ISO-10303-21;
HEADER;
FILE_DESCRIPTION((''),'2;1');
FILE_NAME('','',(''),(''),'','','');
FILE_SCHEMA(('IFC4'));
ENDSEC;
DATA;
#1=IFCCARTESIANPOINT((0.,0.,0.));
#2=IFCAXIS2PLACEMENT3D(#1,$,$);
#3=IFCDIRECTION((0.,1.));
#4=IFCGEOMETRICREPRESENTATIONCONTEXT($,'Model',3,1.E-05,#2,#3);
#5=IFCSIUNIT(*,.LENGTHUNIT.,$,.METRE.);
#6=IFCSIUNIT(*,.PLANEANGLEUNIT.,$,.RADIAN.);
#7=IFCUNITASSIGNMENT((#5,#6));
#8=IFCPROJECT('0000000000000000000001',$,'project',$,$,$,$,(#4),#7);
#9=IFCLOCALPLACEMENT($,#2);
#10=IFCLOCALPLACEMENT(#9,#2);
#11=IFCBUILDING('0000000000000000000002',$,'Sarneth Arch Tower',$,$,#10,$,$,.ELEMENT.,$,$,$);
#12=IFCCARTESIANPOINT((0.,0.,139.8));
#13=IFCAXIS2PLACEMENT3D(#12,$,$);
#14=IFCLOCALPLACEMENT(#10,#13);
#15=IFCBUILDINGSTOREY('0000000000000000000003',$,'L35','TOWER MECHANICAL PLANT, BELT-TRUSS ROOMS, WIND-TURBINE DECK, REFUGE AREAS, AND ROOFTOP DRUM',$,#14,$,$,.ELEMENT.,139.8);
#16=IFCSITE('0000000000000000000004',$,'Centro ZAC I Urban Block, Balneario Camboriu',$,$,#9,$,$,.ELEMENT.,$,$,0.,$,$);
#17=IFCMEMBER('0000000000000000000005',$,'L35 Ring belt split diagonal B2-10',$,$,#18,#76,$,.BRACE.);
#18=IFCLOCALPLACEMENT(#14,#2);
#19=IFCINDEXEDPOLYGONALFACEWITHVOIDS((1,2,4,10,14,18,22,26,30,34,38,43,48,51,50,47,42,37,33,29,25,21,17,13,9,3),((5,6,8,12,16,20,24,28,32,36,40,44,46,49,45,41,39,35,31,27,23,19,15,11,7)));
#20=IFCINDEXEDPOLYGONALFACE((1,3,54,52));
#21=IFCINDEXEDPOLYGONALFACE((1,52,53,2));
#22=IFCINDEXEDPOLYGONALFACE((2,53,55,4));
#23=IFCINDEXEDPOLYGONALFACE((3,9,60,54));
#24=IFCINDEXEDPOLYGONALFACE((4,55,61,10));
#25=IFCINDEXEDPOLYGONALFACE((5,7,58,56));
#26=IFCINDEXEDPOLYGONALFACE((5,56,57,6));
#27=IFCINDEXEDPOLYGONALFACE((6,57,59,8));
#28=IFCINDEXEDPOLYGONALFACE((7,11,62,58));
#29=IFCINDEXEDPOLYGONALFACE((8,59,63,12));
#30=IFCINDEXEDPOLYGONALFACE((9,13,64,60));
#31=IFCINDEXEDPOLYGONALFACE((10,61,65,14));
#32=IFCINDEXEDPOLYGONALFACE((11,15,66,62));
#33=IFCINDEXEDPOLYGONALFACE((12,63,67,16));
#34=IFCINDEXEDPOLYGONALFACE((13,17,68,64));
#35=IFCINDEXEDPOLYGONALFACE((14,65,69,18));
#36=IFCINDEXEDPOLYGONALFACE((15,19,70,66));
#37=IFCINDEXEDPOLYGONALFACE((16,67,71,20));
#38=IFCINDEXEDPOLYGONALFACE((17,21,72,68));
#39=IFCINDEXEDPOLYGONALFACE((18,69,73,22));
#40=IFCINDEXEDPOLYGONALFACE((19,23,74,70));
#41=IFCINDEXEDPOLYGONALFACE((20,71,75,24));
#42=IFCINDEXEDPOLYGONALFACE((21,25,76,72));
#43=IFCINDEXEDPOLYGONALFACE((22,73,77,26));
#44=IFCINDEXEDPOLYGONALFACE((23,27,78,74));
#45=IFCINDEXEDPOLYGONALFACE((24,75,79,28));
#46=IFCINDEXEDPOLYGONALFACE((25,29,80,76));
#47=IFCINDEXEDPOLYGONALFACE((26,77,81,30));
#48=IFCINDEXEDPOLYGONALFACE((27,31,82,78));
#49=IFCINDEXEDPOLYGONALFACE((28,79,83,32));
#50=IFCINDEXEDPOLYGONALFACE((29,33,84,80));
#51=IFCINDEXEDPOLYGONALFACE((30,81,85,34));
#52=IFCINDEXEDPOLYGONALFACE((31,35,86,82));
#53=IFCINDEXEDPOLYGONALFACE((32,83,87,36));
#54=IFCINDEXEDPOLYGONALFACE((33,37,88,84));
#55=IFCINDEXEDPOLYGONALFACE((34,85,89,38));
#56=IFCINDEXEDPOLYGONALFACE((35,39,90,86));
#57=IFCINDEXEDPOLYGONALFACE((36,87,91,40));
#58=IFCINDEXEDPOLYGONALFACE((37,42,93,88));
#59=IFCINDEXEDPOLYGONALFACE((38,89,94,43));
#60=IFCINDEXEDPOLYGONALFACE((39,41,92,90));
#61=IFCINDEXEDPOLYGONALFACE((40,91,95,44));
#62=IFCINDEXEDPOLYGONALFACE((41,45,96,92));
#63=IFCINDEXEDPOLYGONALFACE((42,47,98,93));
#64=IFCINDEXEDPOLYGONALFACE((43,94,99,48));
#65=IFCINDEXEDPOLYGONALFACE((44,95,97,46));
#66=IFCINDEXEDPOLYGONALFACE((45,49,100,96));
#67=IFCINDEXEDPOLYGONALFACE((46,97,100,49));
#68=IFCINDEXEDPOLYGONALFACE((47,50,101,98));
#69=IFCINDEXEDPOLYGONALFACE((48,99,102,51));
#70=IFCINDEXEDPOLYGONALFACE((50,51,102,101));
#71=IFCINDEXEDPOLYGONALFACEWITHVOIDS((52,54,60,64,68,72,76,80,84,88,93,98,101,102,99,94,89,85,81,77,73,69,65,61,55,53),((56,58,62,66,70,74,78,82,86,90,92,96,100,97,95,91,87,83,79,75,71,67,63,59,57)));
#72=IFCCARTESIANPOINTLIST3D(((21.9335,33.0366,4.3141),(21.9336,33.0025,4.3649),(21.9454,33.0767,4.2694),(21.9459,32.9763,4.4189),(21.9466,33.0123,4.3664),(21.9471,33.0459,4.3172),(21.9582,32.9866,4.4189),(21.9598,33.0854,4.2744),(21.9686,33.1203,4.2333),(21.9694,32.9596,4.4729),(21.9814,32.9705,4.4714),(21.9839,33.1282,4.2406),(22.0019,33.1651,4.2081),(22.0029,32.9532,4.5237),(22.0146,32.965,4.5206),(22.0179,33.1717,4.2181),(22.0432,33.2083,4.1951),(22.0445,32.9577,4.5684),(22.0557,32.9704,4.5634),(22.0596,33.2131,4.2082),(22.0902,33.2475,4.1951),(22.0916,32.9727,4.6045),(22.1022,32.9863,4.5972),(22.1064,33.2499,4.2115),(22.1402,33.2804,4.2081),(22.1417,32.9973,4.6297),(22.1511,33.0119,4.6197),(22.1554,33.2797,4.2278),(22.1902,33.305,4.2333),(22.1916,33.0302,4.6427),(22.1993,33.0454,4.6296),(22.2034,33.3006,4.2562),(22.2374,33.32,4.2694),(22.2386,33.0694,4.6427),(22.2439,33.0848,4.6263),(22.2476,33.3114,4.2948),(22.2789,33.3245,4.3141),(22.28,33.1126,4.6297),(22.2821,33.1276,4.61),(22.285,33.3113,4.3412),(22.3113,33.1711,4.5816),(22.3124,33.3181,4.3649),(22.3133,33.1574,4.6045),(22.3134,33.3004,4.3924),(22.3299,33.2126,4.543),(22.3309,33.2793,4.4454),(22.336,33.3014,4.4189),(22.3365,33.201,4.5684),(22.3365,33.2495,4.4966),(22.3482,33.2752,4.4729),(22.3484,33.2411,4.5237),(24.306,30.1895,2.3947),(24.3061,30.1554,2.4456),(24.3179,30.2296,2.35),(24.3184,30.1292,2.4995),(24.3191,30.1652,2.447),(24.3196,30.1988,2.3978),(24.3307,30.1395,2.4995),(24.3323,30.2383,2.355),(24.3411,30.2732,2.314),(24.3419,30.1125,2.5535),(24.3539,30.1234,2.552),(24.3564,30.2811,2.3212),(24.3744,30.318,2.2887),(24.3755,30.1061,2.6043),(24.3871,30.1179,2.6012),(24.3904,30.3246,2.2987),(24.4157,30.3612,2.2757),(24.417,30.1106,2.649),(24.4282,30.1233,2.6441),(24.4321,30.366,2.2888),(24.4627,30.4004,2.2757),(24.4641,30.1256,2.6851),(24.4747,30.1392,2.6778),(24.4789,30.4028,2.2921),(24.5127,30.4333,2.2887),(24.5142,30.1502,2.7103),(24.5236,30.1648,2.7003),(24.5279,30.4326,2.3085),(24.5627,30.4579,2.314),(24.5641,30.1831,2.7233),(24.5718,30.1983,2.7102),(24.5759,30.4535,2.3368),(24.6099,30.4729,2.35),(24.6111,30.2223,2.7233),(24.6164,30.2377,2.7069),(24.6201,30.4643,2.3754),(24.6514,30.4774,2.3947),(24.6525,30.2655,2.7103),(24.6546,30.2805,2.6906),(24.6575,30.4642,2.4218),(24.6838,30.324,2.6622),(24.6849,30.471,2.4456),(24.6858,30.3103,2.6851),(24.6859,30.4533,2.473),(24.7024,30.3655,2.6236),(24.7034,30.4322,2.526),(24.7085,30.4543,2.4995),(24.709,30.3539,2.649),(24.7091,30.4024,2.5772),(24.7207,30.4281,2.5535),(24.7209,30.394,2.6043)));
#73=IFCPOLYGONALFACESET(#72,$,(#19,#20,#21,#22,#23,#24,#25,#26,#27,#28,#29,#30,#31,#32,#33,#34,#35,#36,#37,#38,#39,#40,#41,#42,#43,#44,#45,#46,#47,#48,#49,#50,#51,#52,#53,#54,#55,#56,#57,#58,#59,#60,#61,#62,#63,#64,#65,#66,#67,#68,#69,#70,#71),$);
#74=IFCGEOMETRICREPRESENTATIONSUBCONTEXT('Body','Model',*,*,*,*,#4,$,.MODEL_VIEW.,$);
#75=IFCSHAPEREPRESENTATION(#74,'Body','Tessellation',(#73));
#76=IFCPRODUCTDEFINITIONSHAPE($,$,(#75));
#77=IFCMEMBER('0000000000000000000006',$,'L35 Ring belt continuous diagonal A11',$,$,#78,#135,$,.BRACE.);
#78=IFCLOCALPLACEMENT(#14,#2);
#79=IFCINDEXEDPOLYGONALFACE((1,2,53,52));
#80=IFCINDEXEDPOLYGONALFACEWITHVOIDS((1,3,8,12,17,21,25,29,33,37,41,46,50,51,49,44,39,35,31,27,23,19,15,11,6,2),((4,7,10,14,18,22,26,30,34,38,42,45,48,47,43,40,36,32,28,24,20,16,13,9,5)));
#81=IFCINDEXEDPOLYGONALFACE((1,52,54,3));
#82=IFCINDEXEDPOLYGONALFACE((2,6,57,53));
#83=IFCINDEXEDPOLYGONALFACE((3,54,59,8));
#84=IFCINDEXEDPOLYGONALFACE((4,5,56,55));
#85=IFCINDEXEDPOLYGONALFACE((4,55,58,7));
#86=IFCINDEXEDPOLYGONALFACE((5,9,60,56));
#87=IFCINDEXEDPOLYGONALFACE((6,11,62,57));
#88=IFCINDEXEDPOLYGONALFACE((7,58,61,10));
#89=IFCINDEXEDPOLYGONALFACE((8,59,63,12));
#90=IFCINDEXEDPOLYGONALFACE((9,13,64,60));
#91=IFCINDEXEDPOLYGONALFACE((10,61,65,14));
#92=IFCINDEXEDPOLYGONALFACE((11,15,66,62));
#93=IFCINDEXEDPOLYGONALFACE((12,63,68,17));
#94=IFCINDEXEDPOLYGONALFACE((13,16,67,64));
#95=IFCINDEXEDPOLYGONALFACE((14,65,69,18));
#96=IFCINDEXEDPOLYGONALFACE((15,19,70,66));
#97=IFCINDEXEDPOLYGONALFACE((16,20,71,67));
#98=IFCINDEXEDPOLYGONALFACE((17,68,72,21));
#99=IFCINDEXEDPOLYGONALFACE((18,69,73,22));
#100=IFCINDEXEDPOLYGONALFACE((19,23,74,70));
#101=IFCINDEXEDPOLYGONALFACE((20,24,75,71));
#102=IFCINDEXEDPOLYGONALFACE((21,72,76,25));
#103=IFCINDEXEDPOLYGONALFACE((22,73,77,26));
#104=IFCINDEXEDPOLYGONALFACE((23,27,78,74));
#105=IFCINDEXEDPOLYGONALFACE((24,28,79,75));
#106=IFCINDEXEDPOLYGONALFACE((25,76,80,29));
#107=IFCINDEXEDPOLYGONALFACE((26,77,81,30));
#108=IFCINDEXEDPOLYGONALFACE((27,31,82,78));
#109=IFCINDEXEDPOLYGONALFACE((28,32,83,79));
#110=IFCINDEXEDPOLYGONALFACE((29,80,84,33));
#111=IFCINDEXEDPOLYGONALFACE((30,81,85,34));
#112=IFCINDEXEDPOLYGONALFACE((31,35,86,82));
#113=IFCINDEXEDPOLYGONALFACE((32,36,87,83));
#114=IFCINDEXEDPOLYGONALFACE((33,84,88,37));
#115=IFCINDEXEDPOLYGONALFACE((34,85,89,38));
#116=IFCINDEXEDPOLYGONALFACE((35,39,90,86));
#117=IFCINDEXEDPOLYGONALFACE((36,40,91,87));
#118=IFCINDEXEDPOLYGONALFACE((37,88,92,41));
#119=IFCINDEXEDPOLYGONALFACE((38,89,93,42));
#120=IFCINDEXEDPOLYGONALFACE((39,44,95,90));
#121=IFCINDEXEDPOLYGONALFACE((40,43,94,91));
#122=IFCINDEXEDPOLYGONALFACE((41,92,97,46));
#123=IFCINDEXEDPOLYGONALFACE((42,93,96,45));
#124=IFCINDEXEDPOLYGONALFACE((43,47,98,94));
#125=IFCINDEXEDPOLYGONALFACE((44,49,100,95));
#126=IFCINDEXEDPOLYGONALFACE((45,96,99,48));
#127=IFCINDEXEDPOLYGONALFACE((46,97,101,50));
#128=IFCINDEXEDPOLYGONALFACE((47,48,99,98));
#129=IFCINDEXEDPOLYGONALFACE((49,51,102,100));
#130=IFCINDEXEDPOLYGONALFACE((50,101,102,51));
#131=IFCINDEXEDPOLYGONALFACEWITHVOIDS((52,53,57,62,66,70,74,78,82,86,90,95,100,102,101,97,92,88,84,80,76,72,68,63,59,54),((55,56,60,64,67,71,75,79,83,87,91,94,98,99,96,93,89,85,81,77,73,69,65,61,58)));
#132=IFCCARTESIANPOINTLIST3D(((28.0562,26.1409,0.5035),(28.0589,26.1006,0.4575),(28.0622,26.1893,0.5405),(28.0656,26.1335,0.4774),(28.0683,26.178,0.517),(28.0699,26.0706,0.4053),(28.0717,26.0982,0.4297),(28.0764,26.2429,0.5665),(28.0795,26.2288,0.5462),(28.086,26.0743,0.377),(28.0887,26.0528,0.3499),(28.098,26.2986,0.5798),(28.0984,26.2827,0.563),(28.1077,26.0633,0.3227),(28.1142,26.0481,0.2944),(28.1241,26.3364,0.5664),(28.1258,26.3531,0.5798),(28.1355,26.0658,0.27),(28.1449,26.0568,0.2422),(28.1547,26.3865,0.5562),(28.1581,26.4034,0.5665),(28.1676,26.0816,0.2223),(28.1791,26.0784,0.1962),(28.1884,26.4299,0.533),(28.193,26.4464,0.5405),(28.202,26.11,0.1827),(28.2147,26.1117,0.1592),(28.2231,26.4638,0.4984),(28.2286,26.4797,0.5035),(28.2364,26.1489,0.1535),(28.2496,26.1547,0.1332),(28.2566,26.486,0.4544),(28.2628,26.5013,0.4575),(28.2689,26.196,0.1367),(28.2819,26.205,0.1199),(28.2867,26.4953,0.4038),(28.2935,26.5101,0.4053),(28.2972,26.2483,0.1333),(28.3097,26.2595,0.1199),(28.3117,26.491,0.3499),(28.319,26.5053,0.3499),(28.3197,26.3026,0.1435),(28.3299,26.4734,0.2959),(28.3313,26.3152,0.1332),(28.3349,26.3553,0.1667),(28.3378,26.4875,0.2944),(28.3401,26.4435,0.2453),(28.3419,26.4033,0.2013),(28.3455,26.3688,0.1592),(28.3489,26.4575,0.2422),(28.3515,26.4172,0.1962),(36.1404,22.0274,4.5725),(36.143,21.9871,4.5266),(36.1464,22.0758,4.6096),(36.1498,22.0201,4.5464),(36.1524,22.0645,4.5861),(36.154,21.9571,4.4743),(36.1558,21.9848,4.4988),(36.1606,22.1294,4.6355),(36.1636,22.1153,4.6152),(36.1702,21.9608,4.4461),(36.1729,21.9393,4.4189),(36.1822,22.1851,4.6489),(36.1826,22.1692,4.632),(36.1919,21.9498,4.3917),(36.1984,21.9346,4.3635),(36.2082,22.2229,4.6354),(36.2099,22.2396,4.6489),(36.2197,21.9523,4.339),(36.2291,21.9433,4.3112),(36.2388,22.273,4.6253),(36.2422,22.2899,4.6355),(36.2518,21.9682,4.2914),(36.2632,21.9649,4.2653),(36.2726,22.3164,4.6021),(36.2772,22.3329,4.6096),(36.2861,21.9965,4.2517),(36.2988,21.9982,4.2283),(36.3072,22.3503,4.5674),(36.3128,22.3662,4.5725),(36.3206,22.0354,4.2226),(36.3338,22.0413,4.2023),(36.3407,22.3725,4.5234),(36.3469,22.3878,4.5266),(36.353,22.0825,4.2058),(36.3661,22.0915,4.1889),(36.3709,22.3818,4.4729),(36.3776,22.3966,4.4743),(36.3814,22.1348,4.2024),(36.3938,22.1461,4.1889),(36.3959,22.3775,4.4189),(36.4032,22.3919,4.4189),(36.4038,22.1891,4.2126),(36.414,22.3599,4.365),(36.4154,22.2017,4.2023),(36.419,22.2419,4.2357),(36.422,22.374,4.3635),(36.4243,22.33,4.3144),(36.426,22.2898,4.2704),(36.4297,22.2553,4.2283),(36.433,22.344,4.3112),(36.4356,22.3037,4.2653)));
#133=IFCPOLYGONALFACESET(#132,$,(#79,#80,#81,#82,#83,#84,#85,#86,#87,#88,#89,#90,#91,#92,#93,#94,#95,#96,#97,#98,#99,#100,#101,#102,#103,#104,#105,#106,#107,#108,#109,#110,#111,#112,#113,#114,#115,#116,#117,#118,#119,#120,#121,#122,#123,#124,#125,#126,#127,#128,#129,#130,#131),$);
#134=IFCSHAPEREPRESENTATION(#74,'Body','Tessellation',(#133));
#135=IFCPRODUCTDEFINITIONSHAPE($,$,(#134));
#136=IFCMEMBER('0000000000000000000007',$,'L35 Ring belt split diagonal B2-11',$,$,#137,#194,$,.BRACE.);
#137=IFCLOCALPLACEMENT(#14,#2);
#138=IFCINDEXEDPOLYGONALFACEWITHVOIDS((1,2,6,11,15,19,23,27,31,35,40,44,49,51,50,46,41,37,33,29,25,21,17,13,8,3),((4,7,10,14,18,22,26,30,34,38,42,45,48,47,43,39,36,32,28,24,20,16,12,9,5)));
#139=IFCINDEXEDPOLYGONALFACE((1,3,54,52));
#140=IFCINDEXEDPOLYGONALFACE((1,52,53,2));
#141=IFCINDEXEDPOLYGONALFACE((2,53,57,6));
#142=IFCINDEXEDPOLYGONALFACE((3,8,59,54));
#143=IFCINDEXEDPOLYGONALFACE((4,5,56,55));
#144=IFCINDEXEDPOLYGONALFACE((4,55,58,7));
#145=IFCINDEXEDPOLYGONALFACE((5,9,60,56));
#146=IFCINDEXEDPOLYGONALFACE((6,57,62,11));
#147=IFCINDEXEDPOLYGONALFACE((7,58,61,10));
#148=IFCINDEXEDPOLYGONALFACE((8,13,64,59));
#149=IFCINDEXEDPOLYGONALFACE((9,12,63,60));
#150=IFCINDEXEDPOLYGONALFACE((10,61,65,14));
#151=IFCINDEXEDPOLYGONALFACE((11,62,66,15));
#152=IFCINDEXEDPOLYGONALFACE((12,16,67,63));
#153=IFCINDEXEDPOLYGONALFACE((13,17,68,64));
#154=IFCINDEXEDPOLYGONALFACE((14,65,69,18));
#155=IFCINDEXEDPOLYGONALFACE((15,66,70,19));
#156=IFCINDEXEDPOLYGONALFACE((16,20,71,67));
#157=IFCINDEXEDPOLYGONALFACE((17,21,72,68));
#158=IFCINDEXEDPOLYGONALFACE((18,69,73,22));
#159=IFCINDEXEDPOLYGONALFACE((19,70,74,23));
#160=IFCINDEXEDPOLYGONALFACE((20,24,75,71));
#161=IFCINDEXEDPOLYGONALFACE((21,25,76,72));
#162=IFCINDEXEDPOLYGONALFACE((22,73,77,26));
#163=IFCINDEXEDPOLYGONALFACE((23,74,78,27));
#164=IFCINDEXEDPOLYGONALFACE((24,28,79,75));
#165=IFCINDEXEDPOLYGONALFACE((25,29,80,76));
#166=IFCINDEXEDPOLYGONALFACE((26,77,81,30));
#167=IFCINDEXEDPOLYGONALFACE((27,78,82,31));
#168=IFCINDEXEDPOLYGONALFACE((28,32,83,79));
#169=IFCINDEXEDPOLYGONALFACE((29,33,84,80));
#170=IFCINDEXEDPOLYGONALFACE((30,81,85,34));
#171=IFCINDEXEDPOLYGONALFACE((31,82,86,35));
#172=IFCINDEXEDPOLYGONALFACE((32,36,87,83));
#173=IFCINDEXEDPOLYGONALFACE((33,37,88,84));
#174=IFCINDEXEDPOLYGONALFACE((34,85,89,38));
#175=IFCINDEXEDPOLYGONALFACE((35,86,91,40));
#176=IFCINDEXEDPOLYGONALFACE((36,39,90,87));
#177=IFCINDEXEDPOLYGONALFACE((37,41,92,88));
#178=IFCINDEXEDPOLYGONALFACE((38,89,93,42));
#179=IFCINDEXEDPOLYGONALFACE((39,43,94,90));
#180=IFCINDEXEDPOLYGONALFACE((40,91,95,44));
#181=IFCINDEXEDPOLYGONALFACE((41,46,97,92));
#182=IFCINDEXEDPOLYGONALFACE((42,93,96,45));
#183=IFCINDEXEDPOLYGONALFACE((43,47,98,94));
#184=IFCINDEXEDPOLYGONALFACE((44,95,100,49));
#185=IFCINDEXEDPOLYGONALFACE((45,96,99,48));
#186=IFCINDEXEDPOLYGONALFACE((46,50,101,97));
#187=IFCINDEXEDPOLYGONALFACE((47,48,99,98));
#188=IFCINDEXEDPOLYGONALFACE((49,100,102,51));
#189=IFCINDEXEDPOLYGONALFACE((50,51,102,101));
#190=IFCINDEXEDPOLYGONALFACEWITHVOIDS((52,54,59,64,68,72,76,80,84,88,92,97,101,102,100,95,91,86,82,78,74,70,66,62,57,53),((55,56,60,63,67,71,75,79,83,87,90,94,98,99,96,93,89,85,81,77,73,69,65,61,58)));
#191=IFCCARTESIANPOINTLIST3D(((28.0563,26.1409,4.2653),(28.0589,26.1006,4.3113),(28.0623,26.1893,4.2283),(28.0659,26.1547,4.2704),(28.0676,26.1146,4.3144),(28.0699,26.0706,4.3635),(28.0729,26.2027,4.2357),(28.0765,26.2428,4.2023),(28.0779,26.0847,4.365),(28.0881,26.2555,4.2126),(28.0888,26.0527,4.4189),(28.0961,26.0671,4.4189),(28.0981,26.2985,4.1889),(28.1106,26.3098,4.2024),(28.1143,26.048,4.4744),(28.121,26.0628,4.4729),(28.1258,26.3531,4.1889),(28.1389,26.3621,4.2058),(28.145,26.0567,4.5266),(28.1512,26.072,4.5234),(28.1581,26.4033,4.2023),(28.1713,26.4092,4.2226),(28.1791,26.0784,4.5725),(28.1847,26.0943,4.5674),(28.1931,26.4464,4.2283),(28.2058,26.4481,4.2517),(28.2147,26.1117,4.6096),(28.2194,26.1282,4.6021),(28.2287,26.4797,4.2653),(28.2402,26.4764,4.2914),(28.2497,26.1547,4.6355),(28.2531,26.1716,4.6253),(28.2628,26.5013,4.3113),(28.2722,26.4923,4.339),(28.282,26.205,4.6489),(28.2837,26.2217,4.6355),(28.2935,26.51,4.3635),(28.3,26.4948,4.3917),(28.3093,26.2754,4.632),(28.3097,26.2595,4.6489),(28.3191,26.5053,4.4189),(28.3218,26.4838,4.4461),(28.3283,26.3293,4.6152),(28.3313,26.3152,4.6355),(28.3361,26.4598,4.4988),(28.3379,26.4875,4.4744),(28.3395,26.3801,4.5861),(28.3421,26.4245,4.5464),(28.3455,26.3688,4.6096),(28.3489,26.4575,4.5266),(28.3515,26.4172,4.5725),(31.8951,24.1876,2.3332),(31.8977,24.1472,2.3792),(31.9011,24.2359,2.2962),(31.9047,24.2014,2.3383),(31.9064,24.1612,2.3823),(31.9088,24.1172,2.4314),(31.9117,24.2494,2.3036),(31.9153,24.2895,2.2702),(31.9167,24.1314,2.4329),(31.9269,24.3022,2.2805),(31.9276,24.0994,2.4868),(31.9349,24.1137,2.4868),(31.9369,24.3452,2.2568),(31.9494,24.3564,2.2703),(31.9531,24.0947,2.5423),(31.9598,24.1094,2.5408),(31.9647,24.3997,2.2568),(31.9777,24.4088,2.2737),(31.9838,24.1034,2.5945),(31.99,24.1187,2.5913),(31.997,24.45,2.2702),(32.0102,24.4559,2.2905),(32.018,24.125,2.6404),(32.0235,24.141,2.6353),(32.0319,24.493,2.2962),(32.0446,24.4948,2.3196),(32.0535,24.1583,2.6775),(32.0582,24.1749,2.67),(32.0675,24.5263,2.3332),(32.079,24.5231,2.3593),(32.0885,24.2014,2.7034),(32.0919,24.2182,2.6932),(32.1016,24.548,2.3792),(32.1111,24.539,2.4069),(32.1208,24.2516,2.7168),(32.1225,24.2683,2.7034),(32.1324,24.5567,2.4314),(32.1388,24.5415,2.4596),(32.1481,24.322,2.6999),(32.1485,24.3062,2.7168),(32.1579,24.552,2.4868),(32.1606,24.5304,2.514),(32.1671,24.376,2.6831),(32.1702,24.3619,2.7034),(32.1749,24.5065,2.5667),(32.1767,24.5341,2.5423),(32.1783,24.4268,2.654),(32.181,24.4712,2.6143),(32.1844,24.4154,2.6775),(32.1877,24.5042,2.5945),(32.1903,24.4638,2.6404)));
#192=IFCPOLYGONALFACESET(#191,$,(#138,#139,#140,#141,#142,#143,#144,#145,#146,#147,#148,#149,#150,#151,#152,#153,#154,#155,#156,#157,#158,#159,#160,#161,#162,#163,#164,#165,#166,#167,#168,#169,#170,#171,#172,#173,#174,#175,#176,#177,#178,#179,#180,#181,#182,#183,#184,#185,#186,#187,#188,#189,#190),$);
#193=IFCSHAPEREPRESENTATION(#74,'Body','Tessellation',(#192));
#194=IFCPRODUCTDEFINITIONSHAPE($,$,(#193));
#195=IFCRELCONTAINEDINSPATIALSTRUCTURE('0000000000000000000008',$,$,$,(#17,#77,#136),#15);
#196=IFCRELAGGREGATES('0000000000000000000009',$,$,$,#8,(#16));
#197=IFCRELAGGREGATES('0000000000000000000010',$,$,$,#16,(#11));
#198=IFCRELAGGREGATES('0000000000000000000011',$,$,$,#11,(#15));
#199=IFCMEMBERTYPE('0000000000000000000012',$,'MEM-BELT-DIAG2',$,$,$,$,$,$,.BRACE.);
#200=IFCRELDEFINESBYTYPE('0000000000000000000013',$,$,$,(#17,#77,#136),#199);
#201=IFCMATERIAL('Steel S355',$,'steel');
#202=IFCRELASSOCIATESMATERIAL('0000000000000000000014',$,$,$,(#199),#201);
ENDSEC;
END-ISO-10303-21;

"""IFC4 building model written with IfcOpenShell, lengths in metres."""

from ifc_helpers import new_model, si_unit, direction, frame, origin, origin_2d, place, context, subcontext, project, spatial, hollow_circle, extrude, material, material_profile, profile_set, type_object, element, save


model = new_model("IFC4")

# Units and contexts
model_context = context("Model", 3, precision=1e-05, world=origin(), true_north=direction((0.0, 1.0)))
body_context = subcontext(model_context, "Body", "Model", "MODEL_VIEW")
ifc_project = project(units=[si_unit("LENGTHUNIT", "METRE"), si_unit("PLANEANGLEUNIT", "RADIAN")], contexts=[model_context])

# Site, building, storey
site_placement = place(None, origin())
site = spatial("IfcSite", under=ifc_project, at=site_placement, Name="Centro ZAC I Urban Block, Balneario Camboriu", CompositionType="ELEMENT", RefElevation=0.0)
building_placement = place(site_placement, origin())
building = spatial("IfcBuilding", under=site, at=building_placement, Name="Sarneth Arch Tower", CompositionType="ELEMENT")
storey_placement = place(building_placement, frame((0.0, 0.0, 139.8)))
storey = spatial("IfcBuildingStorey", under=building, at=storey_placement, Name="L35", Description="TOWER MECHANICAL PLANT, BELT-TRUSS ROOMS, WIND-TURBINE DECK, REFUGE AREAS, AND ROOFTOP DRUM", CompositionType="ELEMENT", Elevation=139.8)

# Members
ifc_material_1 = material(Name="Steel S355", Category="steel")
ifc_material_profile_1 = material_profile(ifc_material_1, hollow_circle(Radius=0.2539, WallThickness=0.0161, at=origin_2d()), Name="CHS508x16")
ifc_profile_set_1 = profile_set([ifc_material_profile_1], Name="Steel S355")
member_type_1 = type_object("IfcMemberType", Name="MEM-BELT-DIAG2", PredefinedType="BRACE", material=ifc_profile_set_1)
member_1_placement = place(storey_placement, frame((24.5134, 30.2917, 2.4995), z_axis=(-0.568457, 0.682172, 0.45989), x_axis=(-0.768232, -0.640171, 0.0)))
element("IfcMember", 1, at=member_1_placement, inside=storey, type_object=member_type_1, Name="L35 Ring belt split diagonal B2-10", PredefinedType="BRACE", context=body_context, shape_type="SweptSolid", body=[
    extrude(hollow_circle(Radius=0.2539, WallThickness=0.0161, at=origin_2d()), origin(), (0.0, 0.0, 1.0), 4.1736),
])
member_2_placement = place(storey_placement, frame((28.2039, 26.2791, 0.3499), z_axis=(0.81318, -0.413773, 0.409304), x_axis=(0.453501, 0.891256, 0.0)))
element("IfcMember", 2, at=member_2_placement, inside=storey, type_object=member_type_1, Name="L35 Ring belt continuous diagonal A11", PredefinedType="BRACE", context=body_context, shape_type="SweptSolid", body=[
    extrude(hollow_circle(Radius=0.2539, WallThickness=0.0161, at=origin_2d()), origin(), (0.0, 0.0, 1.0), 9.9414),
])
member_3_placement = place(storey_placement, frame((32.0427, 24.3257, 2.4868), z_axis=(-0.813187, 0.413782, 0.409283), x_axis=(-0.453505, -0.891254, 0.0)))
element("IfcMember", 3, at=member_3_placement, inside=storey, type_object=member_type_1, Name="L35 Ring belt split diagonal B2-11", PredefinedType="BRACE", context=body_context, shape_type="SweptSolid", body=[
    extrude(hollow_circle(Radius=0.2539, WallThickness=0.0161, at=origin_2d()), origin(), (0.0, 0.0, 1.0), 4.7207),
])

save(model, "model.ifc")
